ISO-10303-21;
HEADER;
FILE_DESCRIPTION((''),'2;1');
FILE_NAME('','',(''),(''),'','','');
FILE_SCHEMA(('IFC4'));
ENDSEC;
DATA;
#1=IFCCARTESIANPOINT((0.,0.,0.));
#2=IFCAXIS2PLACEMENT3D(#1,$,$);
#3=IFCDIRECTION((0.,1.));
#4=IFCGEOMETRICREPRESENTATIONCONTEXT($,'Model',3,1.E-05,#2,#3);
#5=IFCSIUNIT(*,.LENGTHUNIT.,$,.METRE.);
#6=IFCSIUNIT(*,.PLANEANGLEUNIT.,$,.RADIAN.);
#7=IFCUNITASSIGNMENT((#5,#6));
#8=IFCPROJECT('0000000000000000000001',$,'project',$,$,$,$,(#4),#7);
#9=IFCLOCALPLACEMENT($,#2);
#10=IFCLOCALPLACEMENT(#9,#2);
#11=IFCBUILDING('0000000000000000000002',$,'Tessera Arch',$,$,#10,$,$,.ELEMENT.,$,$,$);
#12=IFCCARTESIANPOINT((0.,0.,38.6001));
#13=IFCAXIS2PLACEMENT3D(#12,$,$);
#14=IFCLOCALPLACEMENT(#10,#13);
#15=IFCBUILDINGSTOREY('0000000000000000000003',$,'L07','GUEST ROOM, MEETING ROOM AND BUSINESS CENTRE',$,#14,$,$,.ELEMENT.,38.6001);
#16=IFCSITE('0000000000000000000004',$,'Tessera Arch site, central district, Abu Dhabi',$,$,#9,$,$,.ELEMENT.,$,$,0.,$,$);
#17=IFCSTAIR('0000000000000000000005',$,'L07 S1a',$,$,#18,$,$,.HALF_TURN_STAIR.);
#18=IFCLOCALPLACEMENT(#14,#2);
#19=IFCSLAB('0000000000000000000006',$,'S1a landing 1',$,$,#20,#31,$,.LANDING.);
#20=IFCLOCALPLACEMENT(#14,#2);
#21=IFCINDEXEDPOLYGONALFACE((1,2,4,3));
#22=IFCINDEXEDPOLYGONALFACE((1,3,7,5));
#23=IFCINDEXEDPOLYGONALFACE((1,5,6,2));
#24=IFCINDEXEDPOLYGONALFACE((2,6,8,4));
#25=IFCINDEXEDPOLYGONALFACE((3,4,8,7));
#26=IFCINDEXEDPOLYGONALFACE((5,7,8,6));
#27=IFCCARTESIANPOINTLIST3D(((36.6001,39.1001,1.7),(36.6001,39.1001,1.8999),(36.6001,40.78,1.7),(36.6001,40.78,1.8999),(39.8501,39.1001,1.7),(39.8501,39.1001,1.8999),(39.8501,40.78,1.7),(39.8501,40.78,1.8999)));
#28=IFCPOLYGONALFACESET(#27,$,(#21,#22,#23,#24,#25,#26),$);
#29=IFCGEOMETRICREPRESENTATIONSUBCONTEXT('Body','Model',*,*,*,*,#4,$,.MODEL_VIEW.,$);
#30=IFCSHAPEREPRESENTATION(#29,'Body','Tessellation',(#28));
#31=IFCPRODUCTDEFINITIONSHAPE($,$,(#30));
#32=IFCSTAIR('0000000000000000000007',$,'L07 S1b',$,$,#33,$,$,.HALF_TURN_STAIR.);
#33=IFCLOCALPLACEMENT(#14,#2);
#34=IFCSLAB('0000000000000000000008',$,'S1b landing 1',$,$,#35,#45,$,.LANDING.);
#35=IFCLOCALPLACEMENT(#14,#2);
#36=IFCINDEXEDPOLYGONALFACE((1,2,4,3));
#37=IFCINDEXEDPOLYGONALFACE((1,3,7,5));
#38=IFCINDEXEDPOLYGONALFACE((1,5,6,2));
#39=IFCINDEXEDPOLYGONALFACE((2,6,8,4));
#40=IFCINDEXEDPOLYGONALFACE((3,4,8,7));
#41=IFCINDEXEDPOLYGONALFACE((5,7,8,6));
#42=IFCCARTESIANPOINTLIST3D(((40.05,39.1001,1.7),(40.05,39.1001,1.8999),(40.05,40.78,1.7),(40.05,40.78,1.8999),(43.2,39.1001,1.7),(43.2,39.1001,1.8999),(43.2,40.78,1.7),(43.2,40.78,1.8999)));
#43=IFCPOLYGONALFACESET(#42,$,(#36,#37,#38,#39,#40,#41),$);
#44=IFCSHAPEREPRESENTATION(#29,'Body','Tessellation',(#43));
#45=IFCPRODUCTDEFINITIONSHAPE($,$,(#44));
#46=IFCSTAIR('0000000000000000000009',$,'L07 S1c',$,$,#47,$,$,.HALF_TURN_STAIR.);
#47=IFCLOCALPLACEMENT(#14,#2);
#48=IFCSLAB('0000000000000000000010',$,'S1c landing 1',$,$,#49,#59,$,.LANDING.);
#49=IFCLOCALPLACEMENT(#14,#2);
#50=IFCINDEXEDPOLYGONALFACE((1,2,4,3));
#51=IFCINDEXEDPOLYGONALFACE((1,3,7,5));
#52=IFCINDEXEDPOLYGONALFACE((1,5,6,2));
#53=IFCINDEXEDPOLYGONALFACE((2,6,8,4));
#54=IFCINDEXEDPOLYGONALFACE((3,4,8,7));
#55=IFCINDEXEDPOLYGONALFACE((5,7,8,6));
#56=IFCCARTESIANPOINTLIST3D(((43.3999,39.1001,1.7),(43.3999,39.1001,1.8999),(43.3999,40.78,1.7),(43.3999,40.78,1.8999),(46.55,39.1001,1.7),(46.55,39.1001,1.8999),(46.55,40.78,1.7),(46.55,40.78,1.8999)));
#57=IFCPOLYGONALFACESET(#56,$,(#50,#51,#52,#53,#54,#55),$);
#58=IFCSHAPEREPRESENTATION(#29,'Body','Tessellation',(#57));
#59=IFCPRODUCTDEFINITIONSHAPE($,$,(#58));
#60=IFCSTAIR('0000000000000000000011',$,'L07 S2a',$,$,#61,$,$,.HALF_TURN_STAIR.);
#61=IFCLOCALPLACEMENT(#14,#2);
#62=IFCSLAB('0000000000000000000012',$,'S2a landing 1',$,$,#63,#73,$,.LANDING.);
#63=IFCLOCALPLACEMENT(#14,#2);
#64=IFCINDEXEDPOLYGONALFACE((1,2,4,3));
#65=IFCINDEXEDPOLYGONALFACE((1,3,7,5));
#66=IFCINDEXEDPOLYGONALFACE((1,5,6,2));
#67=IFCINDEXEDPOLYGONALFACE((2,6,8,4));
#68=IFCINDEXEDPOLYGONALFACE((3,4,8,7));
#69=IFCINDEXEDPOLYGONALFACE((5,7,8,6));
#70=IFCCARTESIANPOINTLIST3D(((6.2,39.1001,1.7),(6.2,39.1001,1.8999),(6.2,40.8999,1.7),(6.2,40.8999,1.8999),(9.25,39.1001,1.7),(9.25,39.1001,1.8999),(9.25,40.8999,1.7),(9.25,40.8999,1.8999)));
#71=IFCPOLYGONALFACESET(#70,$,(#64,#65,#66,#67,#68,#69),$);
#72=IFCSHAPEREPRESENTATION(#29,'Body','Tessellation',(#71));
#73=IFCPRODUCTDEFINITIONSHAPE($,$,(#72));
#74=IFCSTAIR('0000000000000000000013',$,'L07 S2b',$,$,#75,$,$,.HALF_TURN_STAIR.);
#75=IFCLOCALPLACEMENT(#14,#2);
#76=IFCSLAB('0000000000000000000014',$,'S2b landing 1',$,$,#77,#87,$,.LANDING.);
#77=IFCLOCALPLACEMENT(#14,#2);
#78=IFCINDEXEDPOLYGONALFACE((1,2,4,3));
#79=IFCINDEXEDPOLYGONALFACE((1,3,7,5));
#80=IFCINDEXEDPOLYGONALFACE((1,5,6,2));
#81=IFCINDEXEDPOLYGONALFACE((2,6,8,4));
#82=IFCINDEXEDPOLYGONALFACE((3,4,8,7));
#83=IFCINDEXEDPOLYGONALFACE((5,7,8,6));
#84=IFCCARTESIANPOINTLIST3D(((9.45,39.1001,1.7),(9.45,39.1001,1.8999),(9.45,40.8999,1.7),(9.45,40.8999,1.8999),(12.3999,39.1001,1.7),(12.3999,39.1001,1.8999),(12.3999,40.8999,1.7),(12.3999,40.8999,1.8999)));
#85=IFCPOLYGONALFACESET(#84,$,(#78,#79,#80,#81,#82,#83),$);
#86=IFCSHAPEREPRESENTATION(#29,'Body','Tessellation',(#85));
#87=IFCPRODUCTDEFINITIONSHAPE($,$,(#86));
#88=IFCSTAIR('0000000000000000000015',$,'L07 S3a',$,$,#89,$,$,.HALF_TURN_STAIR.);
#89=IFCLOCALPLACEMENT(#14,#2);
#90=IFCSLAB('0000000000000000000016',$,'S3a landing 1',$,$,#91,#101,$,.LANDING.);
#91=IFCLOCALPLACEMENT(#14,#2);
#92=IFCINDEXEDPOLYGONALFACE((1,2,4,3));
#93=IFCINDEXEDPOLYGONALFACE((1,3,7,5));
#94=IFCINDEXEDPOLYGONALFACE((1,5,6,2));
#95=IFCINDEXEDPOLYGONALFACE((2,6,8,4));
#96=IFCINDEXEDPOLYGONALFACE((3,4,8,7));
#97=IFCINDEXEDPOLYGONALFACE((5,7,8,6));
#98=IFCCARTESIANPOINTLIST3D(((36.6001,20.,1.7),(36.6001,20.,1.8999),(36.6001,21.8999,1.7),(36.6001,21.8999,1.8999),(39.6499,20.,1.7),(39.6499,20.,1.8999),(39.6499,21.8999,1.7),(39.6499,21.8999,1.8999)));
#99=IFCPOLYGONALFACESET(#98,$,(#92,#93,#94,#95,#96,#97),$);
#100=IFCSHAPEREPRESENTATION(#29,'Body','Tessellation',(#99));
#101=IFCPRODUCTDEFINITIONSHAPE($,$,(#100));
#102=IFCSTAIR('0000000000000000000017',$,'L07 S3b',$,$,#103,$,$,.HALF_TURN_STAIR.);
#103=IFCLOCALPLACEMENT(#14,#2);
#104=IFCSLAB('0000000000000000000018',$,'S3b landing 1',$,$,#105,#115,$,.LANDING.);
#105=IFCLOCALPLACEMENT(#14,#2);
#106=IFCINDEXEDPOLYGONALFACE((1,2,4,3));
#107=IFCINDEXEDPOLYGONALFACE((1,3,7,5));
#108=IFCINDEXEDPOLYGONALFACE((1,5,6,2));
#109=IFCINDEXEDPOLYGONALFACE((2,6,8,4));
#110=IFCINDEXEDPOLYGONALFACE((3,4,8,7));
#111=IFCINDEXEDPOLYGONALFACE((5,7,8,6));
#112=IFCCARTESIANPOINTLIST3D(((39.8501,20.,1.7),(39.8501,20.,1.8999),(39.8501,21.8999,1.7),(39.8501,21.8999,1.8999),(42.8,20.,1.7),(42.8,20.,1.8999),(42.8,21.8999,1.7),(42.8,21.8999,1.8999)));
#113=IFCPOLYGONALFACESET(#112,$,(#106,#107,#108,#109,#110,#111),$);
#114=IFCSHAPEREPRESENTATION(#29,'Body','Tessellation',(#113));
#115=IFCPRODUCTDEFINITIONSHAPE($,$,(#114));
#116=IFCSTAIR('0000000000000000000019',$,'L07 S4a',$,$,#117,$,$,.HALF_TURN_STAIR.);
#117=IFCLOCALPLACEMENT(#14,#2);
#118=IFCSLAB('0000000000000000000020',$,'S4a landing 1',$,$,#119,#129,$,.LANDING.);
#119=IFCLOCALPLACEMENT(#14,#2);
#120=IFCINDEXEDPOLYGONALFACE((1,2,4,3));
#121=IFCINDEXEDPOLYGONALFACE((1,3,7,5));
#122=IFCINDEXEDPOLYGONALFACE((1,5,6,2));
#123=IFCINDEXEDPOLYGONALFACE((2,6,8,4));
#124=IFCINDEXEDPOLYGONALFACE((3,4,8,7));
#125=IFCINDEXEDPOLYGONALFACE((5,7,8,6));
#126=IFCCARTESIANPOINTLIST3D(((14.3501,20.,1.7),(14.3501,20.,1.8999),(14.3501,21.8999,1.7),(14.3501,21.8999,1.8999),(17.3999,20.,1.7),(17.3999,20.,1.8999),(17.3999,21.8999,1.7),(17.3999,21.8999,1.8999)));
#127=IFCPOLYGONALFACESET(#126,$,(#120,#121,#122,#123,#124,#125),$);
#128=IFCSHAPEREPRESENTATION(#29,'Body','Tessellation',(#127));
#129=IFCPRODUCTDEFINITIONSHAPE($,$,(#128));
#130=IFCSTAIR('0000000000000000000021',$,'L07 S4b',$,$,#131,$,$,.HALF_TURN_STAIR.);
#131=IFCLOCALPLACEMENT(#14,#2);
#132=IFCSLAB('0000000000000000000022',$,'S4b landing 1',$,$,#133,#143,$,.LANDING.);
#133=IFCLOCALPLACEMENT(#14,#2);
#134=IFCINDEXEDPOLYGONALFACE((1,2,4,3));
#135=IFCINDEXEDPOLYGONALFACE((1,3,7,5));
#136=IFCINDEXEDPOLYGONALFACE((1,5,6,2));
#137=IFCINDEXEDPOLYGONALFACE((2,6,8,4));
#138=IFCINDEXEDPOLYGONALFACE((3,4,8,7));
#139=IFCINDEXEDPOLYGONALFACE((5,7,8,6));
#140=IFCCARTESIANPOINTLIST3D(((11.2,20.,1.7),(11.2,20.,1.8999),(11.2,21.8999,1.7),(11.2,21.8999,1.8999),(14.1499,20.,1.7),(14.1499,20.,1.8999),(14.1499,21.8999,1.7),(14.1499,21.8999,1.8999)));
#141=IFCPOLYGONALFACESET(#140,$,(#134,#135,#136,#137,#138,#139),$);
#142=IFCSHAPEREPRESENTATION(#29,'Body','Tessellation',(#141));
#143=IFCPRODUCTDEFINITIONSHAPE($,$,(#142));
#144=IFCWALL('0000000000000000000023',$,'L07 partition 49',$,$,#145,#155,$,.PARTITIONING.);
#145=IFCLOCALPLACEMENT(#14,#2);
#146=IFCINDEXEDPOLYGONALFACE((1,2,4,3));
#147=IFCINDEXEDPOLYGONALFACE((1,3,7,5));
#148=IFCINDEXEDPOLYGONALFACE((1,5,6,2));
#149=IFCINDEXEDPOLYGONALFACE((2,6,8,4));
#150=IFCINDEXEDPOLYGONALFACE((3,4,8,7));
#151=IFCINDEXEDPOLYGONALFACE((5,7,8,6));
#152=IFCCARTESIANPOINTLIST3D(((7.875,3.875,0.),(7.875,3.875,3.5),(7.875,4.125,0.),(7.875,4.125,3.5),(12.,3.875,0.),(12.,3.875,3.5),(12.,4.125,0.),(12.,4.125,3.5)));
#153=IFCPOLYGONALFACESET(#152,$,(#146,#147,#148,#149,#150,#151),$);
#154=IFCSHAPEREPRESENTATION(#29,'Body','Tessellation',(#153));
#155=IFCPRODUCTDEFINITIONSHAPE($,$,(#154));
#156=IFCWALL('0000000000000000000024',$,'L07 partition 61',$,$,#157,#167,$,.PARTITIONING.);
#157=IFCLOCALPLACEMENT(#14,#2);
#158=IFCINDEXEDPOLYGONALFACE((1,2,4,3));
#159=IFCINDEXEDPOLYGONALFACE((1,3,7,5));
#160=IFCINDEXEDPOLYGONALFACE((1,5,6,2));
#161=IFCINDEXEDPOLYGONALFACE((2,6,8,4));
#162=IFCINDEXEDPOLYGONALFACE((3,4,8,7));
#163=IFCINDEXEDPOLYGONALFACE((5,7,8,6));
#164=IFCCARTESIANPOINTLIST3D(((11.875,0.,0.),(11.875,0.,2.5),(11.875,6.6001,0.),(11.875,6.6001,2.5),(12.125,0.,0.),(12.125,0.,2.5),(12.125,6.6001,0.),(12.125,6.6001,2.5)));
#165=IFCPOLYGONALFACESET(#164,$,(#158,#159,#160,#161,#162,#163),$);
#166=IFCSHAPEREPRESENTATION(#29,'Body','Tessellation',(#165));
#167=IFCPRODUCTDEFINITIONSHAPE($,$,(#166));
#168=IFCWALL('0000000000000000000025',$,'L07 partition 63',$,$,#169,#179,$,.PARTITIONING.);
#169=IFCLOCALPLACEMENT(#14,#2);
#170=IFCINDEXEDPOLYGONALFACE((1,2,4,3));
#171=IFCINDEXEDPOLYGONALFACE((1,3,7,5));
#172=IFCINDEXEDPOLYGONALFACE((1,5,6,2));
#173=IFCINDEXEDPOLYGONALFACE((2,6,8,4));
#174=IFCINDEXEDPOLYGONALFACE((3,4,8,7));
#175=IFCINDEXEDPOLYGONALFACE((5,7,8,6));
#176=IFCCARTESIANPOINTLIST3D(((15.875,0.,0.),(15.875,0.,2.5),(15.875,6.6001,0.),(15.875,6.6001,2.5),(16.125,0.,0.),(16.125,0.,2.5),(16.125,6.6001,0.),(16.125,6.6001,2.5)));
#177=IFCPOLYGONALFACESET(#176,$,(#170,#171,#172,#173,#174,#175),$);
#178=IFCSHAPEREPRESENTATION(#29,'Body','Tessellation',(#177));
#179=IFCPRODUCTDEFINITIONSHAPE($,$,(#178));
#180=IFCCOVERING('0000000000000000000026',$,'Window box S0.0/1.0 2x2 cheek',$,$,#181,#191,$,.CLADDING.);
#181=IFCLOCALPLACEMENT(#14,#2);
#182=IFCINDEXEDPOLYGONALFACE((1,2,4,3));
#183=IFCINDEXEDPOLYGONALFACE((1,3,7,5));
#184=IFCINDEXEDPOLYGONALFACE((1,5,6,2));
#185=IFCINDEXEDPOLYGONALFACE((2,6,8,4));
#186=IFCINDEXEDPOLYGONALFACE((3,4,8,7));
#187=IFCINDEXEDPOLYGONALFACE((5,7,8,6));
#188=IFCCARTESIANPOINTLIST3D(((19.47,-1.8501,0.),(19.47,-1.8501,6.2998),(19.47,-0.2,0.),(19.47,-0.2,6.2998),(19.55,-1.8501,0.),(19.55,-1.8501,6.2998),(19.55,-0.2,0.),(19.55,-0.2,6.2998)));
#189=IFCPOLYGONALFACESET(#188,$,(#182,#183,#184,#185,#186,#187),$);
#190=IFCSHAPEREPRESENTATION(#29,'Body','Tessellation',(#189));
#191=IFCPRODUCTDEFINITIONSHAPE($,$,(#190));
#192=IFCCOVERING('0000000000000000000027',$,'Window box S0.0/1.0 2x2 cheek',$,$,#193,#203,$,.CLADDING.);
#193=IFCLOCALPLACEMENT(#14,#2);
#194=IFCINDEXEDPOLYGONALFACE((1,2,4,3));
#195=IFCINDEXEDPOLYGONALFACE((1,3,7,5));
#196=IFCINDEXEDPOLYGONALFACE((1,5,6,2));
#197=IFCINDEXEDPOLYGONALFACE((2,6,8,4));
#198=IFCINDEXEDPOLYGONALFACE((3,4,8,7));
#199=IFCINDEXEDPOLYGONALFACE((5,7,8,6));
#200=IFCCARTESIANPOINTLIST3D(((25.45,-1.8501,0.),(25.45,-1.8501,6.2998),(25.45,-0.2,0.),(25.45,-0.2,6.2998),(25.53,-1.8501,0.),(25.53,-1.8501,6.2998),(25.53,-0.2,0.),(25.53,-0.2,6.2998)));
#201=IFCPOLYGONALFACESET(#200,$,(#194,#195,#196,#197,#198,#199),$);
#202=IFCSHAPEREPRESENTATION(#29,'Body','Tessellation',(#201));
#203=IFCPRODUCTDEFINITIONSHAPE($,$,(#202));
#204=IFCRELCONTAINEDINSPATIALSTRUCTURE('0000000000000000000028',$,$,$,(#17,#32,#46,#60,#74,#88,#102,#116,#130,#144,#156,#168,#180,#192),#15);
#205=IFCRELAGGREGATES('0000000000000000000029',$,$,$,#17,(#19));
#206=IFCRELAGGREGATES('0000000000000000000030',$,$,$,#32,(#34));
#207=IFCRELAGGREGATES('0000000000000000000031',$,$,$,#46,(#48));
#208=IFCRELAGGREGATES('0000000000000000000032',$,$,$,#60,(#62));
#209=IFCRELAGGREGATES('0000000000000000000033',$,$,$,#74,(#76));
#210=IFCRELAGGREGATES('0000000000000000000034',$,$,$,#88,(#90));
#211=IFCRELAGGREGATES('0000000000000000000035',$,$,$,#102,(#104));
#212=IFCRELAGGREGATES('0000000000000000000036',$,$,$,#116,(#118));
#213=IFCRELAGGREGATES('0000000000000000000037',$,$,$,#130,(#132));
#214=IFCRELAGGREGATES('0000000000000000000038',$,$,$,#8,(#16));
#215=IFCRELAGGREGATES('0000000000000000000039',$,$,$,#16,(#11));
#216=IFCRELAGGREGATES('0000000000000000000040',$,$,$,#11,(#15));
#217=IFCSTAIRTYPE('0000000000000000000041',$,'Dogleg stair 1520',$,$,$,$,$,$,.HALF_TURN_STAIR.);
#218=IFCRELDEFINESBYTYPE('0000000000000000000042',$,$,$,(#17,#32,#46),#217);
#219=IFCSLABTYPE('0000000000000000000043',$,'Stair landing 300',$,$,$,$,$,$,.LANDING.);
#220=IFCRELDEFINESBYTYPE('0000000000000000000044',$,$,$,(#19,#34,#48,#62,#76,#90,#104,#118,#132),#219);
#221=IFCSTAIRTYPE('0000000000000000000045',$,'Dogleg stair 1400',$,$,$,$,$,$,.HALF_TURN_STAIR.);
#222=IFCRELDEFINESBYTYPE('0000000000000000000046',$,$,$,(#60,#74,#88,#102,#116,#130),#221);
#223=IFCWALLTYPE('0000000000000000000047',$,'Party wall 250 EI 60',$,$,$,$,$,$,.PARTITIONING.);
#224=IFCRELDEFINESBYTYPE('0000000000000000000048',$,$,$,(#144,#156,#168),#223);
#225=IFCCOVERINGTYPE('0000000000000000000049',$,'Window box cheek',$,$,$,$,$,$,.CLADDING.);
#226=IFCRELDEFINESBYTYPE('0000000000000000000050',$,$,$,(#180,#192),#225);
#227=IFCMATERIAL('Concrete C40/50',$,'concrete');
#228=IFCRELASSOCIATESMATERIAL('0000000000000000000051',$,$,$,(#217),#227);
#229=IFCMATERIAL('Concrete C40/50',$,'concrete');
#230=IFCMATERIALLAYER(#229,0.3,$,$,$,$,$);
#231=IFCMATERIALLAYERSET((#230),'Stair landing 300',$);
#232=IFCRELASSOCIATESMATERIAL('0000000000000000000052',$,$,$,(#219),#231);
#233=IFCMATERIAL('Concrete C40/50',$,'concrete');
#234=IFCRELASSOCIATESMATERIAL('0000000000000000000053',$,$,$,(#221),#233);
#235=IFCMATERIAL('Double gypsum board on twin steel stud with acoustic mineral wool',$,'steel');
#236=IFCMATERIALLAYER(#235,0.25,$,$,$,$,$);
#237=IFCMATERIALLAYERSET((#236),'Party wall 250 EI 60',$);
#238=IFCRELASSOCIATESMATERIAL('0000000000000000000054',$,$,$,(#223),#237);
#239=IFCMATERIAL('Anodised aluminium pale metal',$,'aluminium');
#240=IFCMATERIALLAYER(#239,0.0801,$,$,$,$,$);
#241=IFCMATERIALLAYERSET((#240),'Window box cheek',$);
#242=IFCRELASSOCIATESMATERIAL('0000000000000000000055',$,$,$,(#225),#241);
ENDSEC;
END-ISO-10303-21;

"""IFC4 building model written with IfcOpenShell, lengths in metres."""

from ifc_helpers import new_model, si_unit, direction, frame, frame_2d, origin, place, context, subcontext, project, spatial, polyline, rectangle, outline, extrude, material, layer, layer_set, type_object, element, aggregate, save


model = new_model("IFC4")

# Units and contexts
model_context = context("Model", 3, precision=1e-05, world=origin(), true_north=direction((0.0, 1.0)))
body_context = subcontext(model_context, "Body", "Model", "MODEL_VIEW")
ifc_project = project(units=[si_unit("LENGTHUNIT", "METRE"), si_unit("PLANEANGLEUNIT", "RADIAN")], contexts=[model_context])

# Site, building, storey
site_placement = place(None, origin())
site = spatial("IfcSite", under=ifc_project, at=site_placement, Name="Tessera Arch site, central district, Abu Dhabi", CompositionType="ELEMENT", RefElevation=0.0)
building_placement = place(site_placement, origin())
building = spatial("IfcBuilding", under=site, at=building_placement, Name="Tessera Arch", CompositionType="ELEMENT")
storey_placement = place(building_placement, frame((0.0, 0.0, 38.6001)))
storey = spatial("IfcBuildingStorey", under=building, at=storey_placement, Name="L07", Description="GUEST ROOM, MEETING ROOM AND BUSINESS CENTRE", CompositionType="ELEMENT", Elevation=38.6001)

# Stairs, slabs
ifc_material_1 = material(Name="Concrete C40/50", Category="concrete")
stair_type_1 = type_object("IfcStairType", Name="Dogleg stair 1520", PredefinedType="HALF_TURN_STAIR", material=ifc_material_1)
stair_1_placement = place(storey_placement, origin())
stair_1 = element("IfcStair", 1, at=stair_1_placement, inside=storey, type_object=stair_type_1, Name="L07 S1a", PredefinedType="HALF_TURN_STAIR")
ifc_material_2 = material(Name="Concrete C40/50", Category="concrete")
ifc_layer_1 = layer(ifc_material_2, 0.3)
ifc_layer_set_1 = layer_set([ifc_layer_1], Name="Stair landing 300")
slab_type = type_object("IfcSlabType", Name="Stair landing 300", PredefinedType="LANDING", material=ifc_layer_set_1)
slab_1_placement = place(storey_placement, frame((0.0, 0.0, 1.7)))
slab_1 = element("IfcSlab", 2, at=slab_1_placement, type_object=slab_type, Name="S1a landing 1", PredefinedType="LANDING", context=body_context, shape_type="SweptSolid", body=[
    extrude(outline(polyline([(36.6001, 40.78), (36.6001, 39.1001), (39.8501, 39.1001), (39.8501, 40.78), (36.6001, 40.78)])), origin(), (0.0, 0.0, 1.0), 0.2),
])
aggregate(stair_1, [slab_1])
stair_2_placement = place(storey_placement, origin())
stair_2 = element("IfcStair", 3, at=stair_2_placement, inside=storey, type_object=stair_type_1, Name="L07 S1b", PredefinedType="HALF_TURN_STAIR")
slab_2_placement = place(storey_placement, frame((0.0, 0.0, 1.7)))
slab_2 = element("IfcSlab", 4, at=slab_2_placement, type_object=slab_type, Name="S1b landing 1", PredefinedType="LANDING", context=body_context, shape_type="SweptSolid", body=[
    extrude(outline(polyline([(40.05, 40.78), (40.05, 39.1001), (43.2, 39.1001), (43.2, 40.78), (40.05, 40.78)])), origin(), (0.0, 0.0, 1.0), 0.2),
])
aggregate(stair_2, [slab_2])
stair_3_placement = place(storey_placement, origin())
stair_3 = element("IfcStair", 5, at=stair_3_placement, inside=storey, type_object=stair_type_1, Name="L07 S1c", PredefinedType="HALF_TURN_STAIR")
slab_3_placement = place(storey_placement, frame((0.0, 0.0, 1.7)))
slab_3 = element("IfcSlab", 6, at=slab_3_placement, type_object=slab_type, Name="S1c landing 1", PredefinedType="LANDING", context=body_context, shape_type="SweptSolid", body=[
    extrude(outline(polyline([(43.3999, 40.78), (43.3999, 39.1001), (46.55, 39.1001), (46.55, 40.78), (43.3999, 40.78)])), origin(), (0.0, 0.0, 1.0), 0.2),
])
aggregate(stair_3, [slab_3])
ifc_material_3 = material(Name="Concrete C40/50", Category="concrete")
stair_type_2 = type_object("IfcStairType", Name="Dogleg stair 1400", PredefinedType="HALF_TURN_STAIR", material=ifc_material_3)
stair_4_placement = place(storey_placement, origin())
stair_4 = element("IfcStair", 7, at=stair_4_placement, inside=storey, type_object=stair_type_2, Name="L07 S2a", PredefinedType="HALF_TURN_STAIR")
slab_4_placement = place(storey_placement, frame((0.0, 0.0, 1.7)))
slab_4 = element("IfcSlab", 8, at=slab_4_placement, type_object=slab_type, Name="S2a landing 1", PredefinedType="LANDING", context=body_context, shape_type="SweptSolid", body=[
    extrude(outline(polyline([(6.2, 40.8999), (6.2, 39.1001), (9.25, 39.1001), (9.25, 40.8999), (6.2, 40.8999)])), origin(), (0.0, 0.0, 1.0), 0.2),
])
aggregate(stair_4, [slab_4])
stair_5_placement = place(storey_placement, origin())
stair_5 = element("IfcStair", 9, at=stair_5_placement, inside=storey, type_object=stair_type_2, Name="L07 S2b", PredefinedType="HALF_TURN_STAIR")
slab_5_placement = place(storey_placement, frame((0.0, 0.0, 1.7)))
slab_5 = element("IfcSlab", 10, at=slab_5_placement, type_object=slab_type, Name="S2b landing 1", PredefinedType="LANDING", context=body_context, shape_type="SweptSolid", body=[
    extrude(outline(polyline([(9.45, 40.8999), (9.45, 39.1001), (12.3999, 39.1001), (12.3999, 40.8999), (9.45, 40.8999)])), origin(), (0.0, 0.0, 1.0), 0.2),
])
aggregate(stair_5, [slab_5])
stair_6_placement = place(storey_placement, origin())
stair_6 = element("IfcStair", 11, at=stair_6_placement, inside=storey, type_object=stair_type_2, Name="L07 S3a", PredefinedType="HALF_TURN_STAIR")
slab_6_placement = place(storey_placement, frame((0.0, 0.0, 1.7)))
slab_6 = element("IfcSlab", 12, at=slab_6_placement, type_object=slab_type, Name="S3a landing 1", PredefinedType="LANDING", context=body_context, shape_type="SweptSolid", body=[
    extrude(outline(polyline([(39.6499, 20.0), (39.6499, 21.8999), (36.6001, 21.8999), (36.6001, 20.0), (39.6499, 20.0)])), origin(), (0.0, 0.0, 1.0), 0.2),
])
aggregate(stair_6, [slab_6])
stair_7_placement = place(storey_placement, origin())
stair_7 = element("IfcStair", 13, at=stair_7_placement, inside=storey, type_object=stair_type_2, Name="L07 S3b", PredefinedType="HALF_TURN_STAIR")
slab_7_placement = place(storey_placement, frame((0.0, 0.0, 1.7)))
slab_7 = element("IfcSlab", 14, at=slab_7_placement, type_object=slab_type, Name="S3b landing 1", PredefinedType="LANDING", context=body_context, shape_type="SweptSolid", body=[
    extrude(outline(polyline([(42.8, 20.0), (42.8, 21.8999), (39.8501, 21.8999), (39.8501, 20.0), (42.8, 20.0)])), origin(), (0.0, 0.0, 1.0), 0.2),
])
aggregate(stair_7, [slab_7])
stair_8_placement = place(storey_placement, origin())
stair_8 = element("IfcStair", 15, at=stair_8_placement, inside=storey, type_object=stair_type_2, Name="L07 S4a", PredefinedType="HALF_TURN_STAIR")
slab_8_placement = place(storey_placement, frame((0.0, 0.0, 1.7)))
slab_8 = element("IfcSlab", 16, at=slab_8_placement, type_object=slab_type, Name="S4a landing 1", PredefinedType="LANDING", context=body_context, shape_type="SweptSolid", body=[
    extrude(outline(polyline([(17.3999, 20.0), (17.3999, 21.8999), (14.3501, 21.8999), (14.3501, 20.0), (17.3999, 20.0)])), origin(), (0.0, 0.0, 1.0), 0.2),
])
aggregate(stair_8, [slab_8])
stair_9_placement = place(storey_placement, origin())
stair_9 = element("IfcStair", 17, at=stair_9_placement, inside=storey, type_object=stair_type_2, Name="L07 S4b", PredefinedType="HALF_TURN_STAIR")
slab_9_placement = place(storey_placement, frame((0.0, 0.0, 1.7)))
slab_9 = element("IfcSlab", 18, at=slab_9_placement, type_object=slab_type, Name="S4b landing 1", PredefinedType="LANDING", context=body_context, shape_type="SweptSolid", body=[
    extrude(outline(polyline([(14.1499, 20.0), (14.1499, 21.8999), (11.2, 21.8999), (11.2, 20.0), (14.1499, 20.0)])), origin(), (0.0, 0.0, 1.0), 0.2),
])
aggregate(stair_9, [slab_9])

# Walls
ifc_material_4 = material(Name="Double gypsum board on twin steel stud with acoustic mineral wool", Category="steel")
ifc_layer_2 = layer(ifc_material_4, 0.25)
ifc_layer_set_2 = layer_set([ifc_layer_2], Name="Party wall 250 EI 60")
wall_type = type_object("IfcWallType", Name="Party wall 250 EI 60", PredefinedType="PARTITIONING", material=ifc_layer_set_2)
wall_placement = place(storey_placement, frame((7.875, 4.0, 0.0), z_axis=(0.0, 0.0, 1.0), x_axis=(1.0, 0.0, 0.0)))
element("IfcWall", 19, at=wall_placement, inside=storey, type_object=wall_type, Name="L07 partition 49", PredefinedType="PARTITIONING", context=body_context, shape_type="SweptSolid", body=[
    extrude(rectangle(XDim=4.125, YDim=0.25, at=frame_2d((2.0625, 0.0))), origin(), (0.0, 0.0, 1.0), 3.5),
])
for number, where, z_axis, x_axis, name in (
    (20, (12.0, 0.0, 0.0), (0.0, 0.0, 1.0), (0.0, 1.0, 0.0), "L07 partition 61"),
    (21, (16.0, 0.0, 0.0), (0.0, 0.0, 1.0), (0.0, 1.0, 0.0), "L07 partition 63"),
):
    element("IfcWall", number, at=place(storey_placement, frame(where, z_axis=z_axis, x_axis=x_axis)), inside=storey, type_object=wall_type, Name=name, PredefinedType="PARTITIONING", context=body_context, shape_type="SweptSolid", body=[
        extrude(rectangle(XDim=6.6001, YDim=0.25, at=frame_2d((3.3, 0.0))), origin(), (0.0, 0.0, 1.0), 2.5),
    ])

# Coverings
ifc_material_5 = material(Name="Anodised aluminium pale metal", Category="aluminium")
ifc_layer_3 = layer(ifc_material_5, 0.0801)
ifc_layer_set_3 = layer_set([ifc_layer_3], Name="Window box cheek")
covering_type = type_object("IfcCoveringType", Name="Window box cheek", PredefinedType="CLADDING", material=ifc_layer_set_3)
covering_1_placement = place(storey_placement, origin())
element("IfcCovering", 22, at=covering_1_placement, inside=storey, type_object=covering_type, Name="Window box S0.0/1.0 2x2 cheek", PredefinedType="CLADDING", context=body_context, shape_type="SweptSolid", body=[
    extrude(outline(polyline([(19.47, -1.8501), (19.55, -1.8501), (19.55, -0.2), (19.47, -0.2), (19.47, -1.8501)])), origin(), (0.0, 0.0, 1.0), 6.2998),
])
covering_2_placement = place(storey_placement, origin())
element("IfcCovering", 23, at=covering_2_placement, inside=storey, type_object=covering_type, Name="Window box S0.0/1.0 2x2 cheek", PredefinedType="CLADDING", context=body_context, shape_type="SweptSolid", body=[
    extrude(outline(polyline([(25.45, -1.8501), (25.53, -1.8501), (25.53, -0.2), (25.45, -0.2), (25.45, -1.8501)])), origin(), (0.0, 0.0, 1.0), 6.2998),
])

save(model, "model.ifc")
